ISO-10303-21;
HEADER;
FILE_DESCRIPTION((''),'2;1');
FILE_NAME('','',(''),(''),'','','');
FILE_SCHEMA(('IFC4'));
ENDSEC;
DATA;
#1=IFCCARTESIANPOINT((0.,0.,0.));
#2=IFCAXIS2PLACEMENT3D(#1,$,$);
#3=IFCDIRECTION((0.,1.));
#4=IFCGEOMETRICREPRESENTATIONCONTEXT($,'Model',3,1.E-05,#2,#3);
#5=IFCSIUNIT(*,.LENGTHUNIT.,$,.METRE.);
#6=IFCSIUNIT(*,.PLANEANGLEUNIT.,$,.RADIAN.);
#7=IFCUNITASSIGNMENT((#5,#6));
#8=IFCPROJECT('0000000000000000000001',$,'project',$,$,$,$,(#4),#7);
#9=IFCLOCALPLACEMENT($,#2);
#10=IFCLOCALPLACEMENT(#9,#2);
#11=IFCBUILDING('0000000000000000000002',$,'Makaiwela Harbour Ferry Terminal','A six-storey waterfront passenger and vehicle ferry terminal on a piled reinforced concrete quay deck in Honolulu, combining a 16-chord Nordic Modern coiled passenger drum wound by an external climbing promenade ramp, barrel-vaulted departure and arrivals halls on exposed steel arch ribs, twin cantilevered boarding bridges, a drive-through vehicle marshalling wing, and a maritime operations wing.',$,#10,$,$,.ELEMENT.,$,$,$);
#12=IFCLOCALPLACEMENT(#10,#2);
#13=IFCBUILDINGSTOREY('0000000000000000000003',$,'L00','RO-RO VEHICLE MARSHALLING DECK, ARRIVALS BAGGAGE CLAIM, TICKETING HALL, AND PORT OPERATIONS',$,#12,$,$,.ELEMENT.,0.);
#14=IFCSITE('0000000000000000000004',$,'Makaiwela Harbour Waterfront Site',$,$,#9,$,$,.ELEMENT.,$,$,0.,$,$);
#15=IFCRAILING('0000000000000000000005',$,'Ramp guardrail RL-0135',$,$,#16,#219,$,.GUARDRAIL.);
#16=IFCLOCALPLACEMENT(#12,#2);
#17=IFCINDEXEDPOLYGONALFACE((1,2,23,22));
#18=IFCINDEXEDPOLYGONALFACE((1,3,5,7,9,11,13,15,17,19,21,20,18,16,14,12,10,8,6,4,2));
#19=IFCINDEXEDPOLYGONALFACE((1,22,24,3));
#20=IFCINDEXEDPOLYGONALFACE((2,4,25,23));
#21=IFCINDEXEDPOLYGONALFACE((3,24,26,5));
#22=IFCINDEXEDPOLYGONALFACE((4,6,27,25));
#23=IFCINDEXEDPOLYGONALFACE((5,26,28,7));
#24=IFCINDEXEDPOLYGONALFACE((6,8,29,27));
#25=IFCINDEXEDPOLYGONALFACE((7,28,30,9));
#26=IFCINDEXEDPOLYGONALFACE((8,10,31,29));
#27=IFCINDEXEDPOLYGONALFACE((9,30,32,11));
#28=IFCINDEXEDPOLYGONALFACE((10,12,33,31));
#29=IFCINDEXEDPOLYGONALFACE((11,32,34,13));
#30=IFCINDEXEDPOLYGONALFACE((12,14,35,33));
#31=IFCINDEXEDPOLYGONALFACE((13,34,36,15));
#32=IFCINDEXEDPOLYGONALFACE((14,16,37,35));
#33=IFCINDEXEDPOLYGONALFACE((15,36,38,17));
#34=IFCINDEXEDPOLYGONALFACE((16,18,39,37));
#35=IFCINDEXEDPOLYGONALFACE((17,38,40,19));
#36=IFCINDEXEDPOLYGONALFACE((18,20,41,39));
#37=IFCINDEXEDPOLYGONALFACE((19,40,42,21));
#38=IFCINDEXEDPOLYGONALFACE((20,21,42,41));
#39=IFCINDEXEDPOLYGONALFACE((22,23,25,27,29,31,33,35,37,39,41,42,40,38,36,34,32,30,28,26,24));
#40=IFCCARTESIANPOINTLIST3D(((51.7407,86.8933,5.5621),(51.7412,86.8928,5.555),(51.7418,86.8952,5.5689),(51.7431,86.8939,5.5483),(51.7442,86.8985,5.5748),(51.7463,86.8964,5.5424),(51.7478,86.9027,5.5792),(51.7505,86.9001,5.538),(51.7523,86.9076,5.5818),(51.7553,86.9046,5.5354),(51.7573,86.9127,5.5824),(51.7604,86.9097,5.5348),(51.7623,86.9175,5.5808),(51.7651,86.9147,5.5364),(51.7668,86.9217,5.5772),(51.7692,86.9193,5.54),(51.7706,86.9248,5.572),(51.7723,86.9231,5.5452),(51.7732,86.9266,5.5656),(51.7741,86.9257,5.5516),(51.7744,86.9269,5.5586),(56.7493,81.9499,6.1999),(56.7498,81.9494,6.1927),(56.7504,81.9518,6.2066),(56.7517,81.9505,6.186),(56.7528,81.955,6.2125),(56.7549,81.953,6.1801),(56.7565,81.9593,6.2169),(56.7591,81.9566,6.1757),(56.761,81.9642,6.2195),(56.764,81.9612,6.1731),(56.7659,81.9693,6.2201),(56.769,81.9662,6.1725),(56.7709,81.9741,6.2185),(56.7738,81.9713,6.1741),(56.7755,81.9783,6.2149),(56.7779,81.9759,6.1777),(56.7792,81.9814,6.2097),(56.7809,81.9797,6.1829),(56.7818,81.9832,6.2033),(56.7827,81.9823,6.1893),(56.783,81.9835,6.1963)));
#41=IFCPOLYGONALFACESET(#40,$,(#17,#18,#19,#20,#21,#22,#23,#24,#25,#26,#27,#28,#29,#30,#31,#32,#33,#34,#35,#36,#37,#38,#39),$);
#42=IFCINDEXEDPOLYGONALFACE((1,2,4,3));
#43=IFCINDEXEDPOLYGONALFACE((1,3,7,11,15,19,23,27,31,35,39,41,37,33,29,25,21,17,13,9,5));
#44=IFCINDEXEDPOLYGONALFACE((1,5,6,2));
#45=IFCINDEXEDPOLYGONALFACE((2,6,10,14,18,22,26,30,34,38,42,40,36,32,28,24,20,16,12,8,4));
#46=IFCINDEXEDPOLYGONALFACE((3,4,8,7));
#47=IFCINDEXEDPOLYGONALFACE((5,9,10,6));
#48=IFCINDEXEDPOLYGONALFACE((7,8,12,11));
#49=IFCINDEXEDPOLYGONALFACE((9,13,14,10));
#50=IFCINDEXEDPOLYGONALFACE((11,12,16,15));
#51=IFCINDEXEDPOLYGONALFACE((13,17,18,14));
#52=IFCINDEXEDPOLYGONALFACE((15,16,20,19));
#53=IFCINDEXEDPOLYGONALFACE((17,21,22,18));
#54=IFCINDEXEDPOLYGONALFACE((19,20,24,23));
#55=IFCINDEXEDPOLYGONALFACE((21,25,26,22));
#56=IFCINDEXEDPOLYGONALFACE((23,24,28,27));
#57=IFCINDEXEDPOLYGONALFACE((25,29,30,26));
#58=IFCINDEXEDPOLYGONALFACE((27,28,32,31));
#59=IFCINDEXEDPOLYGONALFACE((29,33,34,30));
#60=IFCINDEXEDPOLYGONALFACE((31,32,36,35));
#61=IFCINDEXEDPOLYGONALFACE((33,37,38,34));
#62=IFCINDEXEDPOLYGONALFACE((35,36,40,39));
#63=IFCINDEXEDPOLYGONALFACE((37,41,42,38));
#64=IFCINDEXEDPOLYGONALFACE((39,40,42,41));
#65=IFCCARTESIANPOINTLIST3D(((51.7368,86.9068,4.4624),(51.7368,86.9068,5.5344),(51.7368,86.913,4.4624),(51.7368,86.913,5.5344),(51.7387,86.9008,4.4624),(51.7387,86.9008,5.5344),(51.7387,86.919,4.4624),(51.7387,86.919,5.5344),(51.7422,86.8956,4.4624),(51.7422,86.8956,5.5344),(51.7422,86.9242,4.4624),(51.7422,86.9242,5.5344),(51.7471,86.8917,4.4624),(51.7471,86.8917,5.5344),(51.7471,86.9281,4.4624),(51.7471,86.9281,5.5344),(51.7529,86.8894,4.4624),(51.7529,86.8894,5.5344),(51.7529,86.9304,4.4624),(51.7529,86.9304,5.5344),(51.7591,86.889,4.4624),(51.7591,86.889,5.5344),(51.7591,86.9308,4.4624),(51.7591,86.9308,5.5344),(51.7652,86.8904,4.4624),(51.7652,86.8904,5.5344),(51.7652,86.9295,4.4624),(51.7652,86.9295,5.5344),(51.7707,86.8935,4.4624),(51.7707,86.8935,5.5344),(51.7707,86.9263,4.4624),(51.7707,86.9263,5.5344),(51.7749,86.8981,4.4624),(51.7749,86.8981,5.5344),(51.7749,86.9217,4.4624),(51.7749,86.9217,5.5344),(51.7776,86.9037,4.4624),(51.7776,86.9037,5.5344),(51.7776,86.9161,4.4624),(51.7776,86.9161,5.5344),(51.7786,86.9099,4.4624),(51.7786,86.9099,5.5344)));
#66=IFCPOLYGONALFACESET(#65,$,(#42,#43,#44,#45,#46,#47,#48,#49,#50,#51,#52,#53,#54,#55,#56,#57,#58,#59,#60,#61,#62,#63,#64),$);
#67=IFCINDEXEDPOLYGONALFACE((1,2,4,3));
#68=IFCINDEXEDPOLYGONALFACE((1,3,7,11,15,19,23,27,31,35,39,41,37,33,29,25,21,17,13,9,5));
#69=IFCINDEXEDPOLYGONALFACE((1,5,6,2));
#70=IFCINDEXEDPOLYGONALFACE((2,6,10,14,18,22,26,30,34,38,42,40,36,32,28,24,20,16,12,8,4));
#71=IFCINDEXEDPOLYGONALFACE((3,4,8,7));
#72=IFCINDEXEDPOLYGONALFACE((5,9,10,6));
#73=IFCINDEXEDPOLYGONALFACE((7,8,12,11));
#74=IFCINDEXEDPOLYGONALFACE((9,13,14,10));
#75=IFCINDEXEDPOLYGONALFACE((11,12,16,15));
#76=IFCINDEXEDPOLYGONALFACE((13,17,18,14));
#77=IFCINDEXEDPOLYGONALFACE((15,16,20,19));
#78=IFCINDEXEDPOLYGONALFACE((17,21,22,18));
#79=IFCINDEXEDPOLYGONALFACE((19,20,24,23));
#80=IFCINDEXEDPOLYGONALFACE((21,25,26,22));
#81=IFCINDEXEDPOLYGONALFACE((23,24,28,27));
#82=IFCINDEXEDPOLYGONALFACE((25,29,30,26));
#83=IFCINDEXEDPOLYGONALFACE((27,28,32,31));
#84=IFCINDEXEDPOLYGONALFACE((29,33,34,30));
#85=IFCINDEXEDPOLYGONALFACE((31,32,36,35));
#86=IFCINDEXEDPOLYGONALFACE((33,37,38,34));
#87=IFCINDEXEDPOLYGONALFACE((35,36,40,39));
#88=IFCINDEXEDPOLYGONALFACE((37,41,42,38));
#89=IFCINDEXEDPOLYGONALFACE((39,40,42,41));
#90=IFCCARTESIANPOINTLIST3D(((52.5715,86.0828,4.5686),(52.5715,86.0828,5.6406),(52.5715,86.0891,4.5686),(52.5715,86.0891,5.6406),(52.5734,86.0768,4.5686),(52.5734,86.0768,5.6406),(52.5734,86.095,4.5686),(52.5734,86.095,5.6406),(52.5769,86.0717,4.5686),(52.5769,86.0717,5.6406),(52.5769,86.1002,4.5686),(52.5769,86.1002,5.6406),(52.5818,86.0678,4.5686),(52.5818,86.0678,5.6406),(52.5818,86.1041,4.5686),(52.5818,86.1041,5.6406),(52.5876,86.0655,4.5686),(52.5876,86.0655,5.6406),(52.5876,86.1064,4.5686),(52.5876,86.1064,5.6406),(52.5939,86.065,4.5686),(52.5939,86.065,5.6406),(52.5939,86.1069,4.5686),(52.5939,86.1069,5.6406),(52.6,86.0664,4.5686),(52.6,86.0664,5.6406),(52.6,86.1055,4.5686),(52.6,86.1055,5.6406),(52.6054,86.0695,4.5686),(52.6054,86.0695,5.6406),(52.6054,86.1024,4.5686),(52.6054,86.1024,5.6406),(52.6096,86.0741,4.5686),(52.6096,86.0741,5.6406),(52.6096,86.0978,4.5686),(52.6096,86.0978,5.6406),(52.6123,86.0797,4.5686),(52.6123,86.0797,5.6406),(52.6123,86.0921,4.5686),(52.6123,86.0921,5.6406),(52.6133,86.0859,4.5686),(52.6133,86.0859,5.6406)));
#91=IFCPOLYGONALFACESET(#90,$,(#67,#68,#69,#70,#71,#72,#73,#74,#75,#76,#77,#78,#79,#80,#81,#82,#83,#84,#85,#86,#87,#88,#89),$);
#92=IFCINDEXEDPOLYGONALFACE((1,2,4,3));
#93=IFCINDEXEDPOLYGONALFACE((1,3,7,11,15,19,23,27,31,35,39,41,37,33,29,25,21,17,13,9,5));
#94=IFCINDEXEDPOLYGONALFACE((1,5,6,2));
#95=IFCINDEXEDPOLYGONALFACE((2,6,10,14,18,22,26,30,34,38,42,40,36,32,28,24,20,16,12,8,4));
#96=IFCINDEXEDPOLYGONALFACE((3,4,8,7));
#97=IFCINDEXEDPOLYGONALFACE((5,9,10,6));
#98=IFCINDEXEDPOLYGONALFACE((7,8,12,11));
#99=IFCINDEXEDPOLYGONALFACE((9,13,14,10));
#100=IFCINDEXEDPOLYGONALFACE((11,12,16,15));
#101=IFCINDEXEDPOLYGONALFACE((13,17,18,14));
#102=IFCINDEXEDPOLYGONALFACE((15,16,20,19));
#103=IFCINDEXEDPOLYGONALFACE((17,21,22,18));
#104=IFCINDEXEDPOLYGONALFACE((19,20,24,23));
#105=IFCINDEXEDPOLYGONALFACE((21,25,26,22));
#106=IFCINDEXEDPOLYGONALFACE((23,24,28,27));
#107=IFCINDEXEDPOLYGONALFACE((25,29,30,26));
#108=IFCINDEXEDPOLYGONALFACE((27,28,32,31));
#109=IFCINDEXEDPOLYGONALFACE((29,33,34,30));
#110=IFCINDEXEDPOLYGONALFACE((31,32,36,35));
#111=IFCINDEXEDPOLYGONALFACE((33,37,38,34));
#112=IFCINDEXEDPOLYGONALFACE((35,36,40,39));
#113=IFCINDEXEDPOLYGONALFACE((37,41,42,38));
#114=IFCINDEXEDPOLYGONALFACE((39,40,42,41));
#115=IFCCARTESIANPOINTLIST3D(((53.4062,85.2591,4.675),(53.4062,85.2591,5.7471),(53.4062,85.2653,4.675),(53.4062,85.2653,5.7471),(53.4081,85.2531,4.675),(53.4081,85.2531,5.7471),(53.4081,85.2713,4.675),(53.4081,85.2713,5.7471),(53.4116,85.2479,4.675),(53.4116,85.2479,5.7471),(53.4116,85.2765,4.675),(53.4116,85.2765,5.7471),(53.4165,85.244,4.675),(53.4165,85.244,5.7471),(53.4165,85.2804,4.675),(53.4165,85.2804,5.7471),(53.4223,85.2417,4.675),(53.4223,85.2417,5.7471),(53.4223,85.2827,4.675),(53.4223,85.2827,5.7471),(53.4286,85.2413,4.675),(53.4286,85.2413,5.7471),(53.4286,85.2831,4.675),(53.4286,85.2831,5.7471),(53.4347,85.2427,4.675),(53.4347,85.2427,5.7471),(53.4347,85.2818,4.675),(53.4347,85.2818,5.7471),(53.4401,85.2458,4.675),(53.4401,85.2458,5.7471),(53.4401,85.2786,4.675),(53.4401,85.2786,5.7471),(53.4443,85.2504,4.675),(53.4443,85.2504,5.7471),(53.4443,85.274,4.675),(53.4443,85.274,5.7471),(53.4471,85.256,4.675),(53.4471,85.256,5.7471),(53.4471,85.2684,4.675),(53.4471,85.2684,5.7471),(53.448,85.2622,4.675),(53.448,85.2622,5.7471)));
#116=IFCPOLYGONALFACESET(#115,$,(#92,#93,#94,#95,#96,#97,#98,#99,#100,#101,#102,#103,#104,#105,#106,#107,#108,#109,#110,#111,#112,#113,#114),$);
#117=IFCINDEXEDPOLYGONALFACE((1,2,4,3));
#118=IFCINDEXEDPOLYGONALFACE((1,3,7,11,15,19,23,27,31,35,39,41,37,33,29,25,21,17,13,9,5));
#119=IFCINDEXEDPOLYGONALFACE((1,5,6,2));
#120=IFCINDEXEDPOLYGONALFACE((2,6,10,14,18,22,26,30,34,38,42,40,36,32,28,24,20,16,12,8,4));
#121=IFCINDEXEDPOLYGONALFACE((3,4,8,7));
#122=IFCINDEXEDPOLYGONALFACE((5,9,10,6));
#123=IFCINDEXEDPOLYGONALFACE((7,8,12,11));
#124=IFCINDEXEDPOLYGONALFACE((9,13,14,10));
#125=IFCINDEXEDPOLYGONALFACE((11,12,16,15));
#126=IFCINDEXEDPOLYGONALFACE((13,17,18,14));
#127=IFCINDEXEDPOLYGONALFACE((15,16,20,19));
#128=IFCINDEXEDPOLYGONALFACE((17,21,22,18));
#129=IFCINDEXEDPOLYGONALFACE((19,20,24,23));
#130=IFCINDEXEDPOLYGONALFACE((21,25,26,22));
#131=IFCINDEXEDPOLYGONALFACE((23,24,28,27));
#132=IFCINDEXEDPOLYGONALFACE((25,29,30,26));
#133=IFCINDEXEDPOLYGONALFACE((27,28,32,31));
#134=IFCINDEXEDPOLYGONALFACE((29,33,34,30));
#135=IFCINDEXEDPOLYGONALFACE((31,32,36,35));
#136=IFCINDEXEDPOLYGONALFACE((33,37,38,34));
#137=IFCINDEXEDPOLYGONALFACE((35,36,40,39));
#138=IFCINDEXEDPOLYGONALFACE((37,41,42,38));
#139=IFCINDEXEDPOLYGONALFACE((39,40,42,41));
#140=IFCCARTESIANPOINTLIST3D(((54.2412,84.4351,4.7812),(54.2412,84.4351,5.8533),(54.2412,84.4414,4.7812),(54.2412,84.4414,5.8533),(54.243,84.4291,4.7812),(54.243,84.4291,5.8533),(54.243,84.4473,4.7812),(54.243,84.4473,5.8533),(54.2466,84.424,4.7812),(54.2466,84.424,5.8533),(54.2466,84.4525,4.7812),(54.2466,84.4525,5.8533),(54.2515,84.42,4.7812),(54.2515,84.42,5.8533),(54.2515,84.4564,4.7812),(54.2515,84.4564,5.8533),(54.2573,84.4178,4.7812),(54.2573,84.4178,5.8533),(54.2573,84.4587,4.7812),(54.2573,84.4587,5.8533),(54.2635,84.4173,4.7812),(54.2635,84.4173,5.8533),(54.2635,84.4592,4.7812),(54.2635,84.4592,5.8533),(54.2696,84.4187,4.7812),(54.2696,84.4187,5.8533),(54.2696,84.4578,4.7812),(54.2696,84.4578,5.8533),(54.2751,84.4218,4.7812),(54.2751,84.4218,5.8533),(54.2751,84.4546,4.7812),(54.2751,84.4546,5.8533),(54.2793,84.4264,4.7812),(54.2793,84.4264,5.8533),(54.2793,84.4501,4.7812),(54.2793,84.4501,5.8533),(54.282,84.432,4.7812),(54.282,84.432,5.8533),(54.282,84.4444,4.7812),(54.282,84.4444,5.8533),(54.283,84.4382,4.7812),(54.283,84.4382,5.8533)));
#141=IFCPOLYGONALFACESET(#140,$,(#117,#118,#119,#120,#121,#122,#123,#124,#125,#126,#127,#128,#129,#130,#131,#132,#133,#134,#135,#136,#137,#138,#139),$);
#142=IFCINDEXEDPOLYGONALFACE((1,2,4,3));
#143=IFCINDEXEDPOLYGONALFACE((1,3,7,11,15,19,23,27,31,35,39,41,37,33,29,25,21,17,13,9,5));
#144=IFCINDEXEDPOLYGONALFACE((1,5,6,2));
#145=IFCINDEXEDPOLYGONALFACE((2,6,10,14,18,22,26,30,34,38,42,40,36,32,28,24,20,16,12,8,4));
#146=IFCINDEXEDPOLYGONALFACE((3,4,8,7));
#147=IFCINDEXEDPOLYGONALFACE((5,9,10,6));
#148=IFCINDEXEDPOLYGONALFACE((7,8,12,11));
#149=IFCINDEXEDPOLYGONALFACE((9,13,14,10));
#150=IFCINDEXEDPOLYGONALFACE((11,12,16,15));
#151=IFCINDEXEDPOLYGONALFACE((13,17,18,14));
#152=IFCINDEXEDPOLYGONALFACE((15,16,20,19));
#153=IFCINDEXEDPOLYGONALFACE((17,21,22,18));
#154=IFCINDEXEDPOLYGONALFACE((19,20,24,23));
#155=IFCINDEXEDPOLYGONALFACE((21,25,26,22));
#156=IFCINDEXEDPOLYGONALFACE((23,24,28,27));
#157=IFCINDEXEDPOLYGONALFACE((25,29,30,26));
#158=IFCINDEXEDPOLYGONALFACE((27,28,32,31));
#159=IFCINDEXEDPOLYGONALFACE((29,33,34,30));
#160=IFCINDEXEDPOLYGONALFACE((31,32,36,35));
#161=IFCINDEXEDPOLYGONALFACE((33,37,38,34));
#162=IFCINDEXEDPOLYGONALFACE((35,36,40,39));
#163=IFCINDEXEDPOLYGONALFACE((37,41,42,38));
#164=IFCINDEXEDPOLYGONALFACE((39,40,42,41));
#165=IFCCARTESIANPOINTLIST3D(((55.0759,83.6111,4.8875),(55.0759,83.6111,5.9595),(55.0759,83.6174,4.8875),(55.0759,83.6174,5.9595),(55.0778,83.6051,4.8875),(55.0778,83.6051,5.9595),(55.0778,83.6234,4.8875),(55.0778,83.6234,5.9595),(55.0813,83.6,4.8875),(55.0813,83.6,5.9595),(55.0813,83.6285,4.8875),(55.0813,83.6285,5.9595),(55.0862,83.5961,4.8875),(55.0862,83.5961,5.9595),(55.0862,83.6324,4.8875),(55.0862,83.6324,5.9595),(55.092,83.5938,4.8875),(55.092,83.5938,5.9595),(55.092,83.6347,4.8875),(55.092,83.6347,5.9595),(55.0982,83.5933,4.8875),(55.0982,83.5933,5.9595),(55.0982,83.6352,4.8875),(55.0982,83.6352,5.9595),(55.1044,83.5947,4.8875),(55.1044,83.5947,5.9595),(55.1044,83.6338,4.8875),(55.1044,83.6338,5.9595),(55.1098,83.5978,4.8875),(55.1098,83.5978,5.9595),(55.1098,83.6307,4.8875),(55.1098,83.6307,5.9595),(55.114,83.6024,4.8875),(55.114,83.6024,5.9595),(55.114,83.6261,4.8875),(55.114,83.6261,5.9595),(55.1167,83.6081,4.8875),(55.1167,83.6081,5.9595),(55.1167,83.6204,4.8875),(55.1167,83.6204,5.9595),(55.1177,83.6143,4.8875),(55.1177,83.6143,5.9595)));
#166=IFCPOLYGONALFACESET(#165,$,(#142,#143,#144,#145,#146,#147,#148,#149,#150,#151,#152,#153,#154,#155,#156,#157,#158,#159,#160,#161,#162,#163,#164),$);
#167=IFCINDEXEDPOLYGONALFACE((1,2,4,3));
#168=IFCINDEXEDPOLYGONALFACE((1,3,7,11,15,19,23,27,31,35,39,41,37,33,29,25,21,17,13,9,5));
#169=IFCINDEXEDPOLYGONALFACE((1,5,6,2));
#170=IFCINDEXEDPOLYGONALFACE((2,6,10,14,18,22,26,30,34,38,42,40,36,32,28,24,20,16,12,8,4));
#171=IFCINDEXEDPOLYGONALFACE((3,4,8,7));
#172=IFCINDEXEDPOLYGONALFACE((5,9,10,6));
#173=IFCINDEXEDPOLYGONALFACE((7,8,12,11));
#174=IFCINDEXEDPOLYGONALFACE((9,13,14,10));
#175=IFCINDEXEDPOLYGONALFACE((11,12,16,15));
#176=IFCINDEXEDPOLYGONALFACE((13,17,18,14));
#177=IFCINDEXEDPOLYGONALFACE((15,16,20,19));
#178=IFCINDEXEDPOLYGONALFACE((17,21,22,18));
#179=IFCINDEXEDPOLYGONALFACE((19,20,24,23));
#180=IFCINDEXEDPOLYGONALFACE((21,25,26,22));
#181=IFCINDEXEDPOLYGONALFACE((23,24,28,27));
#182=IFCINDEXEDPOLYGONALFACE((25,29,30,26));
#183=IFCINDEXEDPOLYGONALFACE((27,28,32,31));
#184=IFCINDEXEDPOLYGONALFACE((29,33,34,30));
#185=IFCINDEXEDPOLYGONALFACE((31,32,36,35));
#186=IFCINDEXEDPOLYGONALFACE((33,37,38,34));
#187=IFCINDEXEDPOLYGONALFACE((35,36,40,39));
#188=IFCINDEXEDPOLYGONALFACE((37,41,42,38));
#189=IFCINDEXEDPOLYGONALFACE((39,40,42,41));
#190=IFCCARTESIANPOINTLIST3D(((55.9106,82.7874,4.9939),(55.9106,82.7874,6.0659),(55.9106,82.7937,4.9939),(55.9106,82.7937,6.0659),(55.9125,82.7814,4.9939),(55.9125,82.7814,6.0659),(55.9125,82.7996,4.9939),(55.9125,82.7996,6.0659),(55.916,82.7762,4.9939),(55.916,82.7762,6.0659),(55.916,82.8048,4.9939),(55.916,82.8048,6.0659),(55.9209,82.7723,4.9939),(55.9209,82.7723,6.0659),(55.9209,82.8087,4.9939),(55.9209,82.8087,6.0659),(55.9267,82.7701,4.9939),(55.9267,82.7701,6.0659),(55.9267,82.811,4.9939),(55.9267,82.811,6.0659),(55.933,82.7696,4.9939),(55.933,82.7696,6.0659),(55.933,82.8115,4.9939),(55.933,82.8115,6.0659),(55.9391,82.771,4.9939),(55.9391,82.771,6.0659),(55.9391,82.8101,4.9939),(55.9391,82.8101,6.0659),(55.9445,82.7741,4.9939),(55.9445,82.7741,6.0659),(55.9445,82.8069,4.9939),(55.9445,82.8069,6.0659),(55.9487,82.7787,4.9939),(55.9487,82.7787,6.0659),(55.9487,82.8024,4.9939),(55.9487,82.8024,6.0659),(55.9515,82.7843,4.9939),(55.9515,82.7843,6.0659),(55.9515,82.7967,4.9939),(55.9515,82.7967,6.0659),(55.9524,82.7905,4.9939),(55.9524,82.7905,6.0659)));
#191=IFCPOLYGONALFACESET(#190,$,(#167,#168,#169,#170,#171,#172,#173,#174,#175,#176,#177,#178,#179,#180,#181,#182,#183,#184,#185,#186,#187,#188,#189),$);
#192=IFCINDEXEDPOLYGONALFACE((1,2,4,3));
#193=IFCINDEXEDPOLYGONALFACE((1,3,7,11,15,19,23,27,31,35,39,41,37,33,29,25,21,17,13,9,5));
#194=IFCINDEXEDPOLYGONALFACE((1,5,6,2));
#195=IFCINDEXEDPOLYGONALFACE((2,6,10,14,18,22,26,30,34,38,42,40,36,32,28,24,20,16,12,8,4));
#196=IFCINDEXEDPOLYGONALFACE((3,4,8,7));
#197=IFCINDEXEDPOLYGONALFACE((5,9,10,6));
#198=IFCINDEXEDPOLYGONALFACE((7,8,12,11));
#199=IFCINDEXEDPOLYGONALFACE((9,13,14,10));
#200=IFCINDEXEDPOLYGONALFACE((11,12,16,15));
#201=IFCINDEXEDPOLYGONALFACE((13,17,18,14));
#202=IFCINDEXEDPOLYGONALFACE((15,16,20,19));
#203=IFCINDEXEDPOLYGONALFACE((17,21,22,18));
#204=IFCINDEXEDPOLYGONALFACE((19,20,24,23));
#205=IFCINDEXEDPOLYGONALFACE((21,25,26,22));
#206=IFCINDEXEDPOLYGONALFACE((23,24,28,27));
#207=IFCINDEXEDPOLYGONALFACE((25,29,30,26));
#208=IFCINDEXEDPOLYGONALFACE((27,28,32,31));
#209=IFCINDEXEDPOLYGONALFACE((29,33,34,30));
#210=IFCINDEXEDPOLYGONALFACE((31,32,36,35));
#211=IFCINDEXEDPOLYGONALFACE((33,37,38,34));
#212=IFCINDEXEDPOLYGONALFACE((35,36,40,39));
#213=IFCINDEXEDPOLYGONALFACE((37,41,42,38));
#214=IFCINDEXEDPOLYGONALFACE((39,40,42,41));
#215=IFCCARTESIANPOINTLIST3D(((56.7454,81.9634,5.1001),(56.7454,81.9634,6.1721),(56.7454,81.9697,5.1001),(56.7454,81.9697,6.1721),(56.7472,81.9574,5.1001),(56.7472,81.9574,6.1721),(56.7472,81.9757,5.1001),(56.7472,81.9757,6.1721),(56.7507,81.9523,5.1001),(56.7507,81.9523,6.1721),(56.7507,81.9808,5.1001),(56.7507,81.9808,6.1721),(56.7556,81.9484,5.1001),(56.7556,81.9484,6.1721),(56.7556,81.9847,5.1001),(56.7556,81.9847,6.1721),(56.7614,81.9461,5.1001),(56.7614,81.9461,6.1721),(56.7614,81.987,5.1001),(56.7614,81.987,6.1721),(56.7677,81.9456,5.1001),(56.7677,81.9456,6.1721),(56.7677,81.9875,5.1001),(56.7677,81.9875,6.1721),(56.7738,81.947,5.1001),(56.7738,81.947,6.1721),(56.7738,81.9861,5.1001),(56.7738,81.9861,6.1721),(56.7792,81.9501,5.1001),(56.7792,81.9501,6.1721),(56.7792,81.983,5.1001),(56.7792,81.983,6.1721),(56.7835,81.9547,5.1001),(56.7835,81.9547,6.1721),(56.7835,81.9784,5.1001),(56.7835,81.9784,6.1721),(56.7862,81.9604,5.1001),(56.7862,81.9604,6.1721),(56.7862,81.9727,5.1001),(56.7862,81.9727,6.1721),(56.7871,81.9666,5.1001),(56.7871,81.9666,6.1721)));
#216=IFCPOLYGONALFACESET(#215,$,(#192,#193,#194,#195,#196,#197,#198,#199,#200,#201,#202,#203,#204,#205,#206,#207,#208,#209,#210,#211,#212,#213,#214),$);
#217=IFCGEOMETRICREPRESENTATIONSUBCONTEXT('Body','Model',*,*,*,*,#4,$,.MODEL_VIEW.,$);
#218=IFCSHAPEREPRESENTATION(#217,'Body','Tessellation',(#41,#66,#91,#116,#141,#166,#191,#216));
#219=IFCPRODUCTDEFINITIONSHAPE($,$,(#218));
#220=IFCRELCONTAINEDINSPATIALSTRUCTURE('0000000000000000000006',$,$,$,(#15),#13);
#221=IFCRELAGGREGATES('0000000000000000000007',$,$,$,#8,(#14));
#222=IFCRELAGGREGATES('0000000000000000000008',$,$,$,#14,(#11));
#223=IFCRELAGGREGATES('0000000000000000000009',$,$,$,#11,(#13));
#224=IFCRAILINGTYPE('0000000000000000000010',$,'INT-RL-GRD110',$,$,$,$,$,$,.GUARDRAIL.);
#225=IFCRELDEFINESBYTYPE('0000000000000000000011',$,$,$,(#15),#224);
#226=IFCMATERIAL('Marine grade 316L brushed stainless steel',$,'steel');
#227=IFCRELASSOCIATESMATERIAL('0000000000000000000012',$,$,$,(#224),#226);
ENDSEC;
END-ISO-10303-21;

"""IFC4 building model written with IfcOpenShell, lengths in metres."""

from ifc_helpers import new_model, si_unit, direction, frame, origin, origin_2d, place, context, subcontext, project, spatial, circle, extrude, material, type_object, element, save


model = new_model("IFC4")

# Units and contexts
model_context = context("Model", 3, precision=1e-05, world=origin(), true_north=direction((0.0, 1.0)))
body_context = subcontext(model_context, "Body", "Model", "MODEL_VIEW")
ifc_project = project(units=[si_unit("LENGTHUNIT", "METRE"), si_unit("PLANEANGLEUNIT", "RADIAN")], contexts=[model_context])

# Site, building, storey
site_placement = place(None, origin())
site = spatial("IfcSite", under=ifc_project, at=site_placement, Name="Makaiwela Harbour Waterfront Site", CompositionType="ELEMENT", RefElevation=0.0)
building_placement = place(site_placement, origin())
building = spatial("IfcBuilding", under=site, at=building_placement, Name="Makaiwela Harbour Ferry Terminal", Description="A six-storey waterfront passenger and vehicle ferry terminal on a piled reinforced concrete quay deck in Honolulu, combining a 16-chord Nordic Modern coiled passenger drum wound by an external climbing promenade ramp, barrel-vaulted departure and arrivals halls on exposed steel arch ribs, twin cantilevered boarding bridges, a drive-through vehicle marshalling wing, and a maritime operations wing.", CompositionType="ELEMENT")
storey_placement = place(building_placement, origin())
storey = spatial("IfcBuildingStorey", under=building, at=storey_placement, Name="L00", Description="RO-RO VEHICLE MARSHALLING DECK, ARRIVALS BAGGAGE CLAIM, TICKETING HALL, AND PORT OPERATIONS", CompositionType="ELEMENT", Elevation=0.0)

# Railing
ifc_material_1 = material(Name="Marine grade 316L brushed stainless steel", Category="steel")
railing_type_1 = type_object("IfcRailingType", Name="INT-RL-GRD110", PredefinedType="GUARDRAIL", material=ifc_material_1)
railing_1_placement = place(storey_placement, frame((51.7576, 86.9099, 4.4624)))
element("IfcRailing", 1, at=railing_1_placement, inside=storey, type_object=railing_type_1, Name="Ramp guardrail RL-0135", PredefinedType="GUARDRAIL", context=body_context, shape_type="SweptSolid", body=[
    extrude(circle(Radius=0.0239, at=origin_2d()), frame((0.0, 0.0, 1.0962), z_axis=(0.708819, -0.699594, 0.090248), x_axis=(0.70246, 0.711723, 0.0)), (0.0, 0.0, 1.0), 7.0662),
    extrude(circle(Radius=0.021, at=origin_2d()), origin(), (0.0, 0.0, 1.0), 1.072),
    extrude(circle(Radius=0.021, at=origin_2d()), frame((0.8347, -0.824, 0.1062)), (0.0, 0.0, 1.0), 1.072),
    extrude(circle(Radius=0.021, at=origin_2d()), frame((1.6694, -1.6477, 0.2126)), (0.0, 0.0, 1.0), 1.072),
    extrude(circle(Radius=0.021, at=origin_2d()), frame((2.5044, -2.4717, 0.3188)), (0.0, 0.0, 1.0), 1.072),
    extrude(circle(Radius=0.021, at=origin_2d()), frame((3.3391, -3.2957, 0.425)), (0.0, 0.0, 1.0), 1.072),
    extrude(circle(Radius=0.021, at=origin_2d()), frame((4.1738, -4.1194, 0.5315)), (0.0, 0.0, 1.0), 1.072),
    extrude(circle(Radius=0.021, at=origin_2d()), frame((5.0085, -4.9434, 0.6377)), (0.0, 0.0, 1.0), 1.072),
])

save(model, "model.ifc")
